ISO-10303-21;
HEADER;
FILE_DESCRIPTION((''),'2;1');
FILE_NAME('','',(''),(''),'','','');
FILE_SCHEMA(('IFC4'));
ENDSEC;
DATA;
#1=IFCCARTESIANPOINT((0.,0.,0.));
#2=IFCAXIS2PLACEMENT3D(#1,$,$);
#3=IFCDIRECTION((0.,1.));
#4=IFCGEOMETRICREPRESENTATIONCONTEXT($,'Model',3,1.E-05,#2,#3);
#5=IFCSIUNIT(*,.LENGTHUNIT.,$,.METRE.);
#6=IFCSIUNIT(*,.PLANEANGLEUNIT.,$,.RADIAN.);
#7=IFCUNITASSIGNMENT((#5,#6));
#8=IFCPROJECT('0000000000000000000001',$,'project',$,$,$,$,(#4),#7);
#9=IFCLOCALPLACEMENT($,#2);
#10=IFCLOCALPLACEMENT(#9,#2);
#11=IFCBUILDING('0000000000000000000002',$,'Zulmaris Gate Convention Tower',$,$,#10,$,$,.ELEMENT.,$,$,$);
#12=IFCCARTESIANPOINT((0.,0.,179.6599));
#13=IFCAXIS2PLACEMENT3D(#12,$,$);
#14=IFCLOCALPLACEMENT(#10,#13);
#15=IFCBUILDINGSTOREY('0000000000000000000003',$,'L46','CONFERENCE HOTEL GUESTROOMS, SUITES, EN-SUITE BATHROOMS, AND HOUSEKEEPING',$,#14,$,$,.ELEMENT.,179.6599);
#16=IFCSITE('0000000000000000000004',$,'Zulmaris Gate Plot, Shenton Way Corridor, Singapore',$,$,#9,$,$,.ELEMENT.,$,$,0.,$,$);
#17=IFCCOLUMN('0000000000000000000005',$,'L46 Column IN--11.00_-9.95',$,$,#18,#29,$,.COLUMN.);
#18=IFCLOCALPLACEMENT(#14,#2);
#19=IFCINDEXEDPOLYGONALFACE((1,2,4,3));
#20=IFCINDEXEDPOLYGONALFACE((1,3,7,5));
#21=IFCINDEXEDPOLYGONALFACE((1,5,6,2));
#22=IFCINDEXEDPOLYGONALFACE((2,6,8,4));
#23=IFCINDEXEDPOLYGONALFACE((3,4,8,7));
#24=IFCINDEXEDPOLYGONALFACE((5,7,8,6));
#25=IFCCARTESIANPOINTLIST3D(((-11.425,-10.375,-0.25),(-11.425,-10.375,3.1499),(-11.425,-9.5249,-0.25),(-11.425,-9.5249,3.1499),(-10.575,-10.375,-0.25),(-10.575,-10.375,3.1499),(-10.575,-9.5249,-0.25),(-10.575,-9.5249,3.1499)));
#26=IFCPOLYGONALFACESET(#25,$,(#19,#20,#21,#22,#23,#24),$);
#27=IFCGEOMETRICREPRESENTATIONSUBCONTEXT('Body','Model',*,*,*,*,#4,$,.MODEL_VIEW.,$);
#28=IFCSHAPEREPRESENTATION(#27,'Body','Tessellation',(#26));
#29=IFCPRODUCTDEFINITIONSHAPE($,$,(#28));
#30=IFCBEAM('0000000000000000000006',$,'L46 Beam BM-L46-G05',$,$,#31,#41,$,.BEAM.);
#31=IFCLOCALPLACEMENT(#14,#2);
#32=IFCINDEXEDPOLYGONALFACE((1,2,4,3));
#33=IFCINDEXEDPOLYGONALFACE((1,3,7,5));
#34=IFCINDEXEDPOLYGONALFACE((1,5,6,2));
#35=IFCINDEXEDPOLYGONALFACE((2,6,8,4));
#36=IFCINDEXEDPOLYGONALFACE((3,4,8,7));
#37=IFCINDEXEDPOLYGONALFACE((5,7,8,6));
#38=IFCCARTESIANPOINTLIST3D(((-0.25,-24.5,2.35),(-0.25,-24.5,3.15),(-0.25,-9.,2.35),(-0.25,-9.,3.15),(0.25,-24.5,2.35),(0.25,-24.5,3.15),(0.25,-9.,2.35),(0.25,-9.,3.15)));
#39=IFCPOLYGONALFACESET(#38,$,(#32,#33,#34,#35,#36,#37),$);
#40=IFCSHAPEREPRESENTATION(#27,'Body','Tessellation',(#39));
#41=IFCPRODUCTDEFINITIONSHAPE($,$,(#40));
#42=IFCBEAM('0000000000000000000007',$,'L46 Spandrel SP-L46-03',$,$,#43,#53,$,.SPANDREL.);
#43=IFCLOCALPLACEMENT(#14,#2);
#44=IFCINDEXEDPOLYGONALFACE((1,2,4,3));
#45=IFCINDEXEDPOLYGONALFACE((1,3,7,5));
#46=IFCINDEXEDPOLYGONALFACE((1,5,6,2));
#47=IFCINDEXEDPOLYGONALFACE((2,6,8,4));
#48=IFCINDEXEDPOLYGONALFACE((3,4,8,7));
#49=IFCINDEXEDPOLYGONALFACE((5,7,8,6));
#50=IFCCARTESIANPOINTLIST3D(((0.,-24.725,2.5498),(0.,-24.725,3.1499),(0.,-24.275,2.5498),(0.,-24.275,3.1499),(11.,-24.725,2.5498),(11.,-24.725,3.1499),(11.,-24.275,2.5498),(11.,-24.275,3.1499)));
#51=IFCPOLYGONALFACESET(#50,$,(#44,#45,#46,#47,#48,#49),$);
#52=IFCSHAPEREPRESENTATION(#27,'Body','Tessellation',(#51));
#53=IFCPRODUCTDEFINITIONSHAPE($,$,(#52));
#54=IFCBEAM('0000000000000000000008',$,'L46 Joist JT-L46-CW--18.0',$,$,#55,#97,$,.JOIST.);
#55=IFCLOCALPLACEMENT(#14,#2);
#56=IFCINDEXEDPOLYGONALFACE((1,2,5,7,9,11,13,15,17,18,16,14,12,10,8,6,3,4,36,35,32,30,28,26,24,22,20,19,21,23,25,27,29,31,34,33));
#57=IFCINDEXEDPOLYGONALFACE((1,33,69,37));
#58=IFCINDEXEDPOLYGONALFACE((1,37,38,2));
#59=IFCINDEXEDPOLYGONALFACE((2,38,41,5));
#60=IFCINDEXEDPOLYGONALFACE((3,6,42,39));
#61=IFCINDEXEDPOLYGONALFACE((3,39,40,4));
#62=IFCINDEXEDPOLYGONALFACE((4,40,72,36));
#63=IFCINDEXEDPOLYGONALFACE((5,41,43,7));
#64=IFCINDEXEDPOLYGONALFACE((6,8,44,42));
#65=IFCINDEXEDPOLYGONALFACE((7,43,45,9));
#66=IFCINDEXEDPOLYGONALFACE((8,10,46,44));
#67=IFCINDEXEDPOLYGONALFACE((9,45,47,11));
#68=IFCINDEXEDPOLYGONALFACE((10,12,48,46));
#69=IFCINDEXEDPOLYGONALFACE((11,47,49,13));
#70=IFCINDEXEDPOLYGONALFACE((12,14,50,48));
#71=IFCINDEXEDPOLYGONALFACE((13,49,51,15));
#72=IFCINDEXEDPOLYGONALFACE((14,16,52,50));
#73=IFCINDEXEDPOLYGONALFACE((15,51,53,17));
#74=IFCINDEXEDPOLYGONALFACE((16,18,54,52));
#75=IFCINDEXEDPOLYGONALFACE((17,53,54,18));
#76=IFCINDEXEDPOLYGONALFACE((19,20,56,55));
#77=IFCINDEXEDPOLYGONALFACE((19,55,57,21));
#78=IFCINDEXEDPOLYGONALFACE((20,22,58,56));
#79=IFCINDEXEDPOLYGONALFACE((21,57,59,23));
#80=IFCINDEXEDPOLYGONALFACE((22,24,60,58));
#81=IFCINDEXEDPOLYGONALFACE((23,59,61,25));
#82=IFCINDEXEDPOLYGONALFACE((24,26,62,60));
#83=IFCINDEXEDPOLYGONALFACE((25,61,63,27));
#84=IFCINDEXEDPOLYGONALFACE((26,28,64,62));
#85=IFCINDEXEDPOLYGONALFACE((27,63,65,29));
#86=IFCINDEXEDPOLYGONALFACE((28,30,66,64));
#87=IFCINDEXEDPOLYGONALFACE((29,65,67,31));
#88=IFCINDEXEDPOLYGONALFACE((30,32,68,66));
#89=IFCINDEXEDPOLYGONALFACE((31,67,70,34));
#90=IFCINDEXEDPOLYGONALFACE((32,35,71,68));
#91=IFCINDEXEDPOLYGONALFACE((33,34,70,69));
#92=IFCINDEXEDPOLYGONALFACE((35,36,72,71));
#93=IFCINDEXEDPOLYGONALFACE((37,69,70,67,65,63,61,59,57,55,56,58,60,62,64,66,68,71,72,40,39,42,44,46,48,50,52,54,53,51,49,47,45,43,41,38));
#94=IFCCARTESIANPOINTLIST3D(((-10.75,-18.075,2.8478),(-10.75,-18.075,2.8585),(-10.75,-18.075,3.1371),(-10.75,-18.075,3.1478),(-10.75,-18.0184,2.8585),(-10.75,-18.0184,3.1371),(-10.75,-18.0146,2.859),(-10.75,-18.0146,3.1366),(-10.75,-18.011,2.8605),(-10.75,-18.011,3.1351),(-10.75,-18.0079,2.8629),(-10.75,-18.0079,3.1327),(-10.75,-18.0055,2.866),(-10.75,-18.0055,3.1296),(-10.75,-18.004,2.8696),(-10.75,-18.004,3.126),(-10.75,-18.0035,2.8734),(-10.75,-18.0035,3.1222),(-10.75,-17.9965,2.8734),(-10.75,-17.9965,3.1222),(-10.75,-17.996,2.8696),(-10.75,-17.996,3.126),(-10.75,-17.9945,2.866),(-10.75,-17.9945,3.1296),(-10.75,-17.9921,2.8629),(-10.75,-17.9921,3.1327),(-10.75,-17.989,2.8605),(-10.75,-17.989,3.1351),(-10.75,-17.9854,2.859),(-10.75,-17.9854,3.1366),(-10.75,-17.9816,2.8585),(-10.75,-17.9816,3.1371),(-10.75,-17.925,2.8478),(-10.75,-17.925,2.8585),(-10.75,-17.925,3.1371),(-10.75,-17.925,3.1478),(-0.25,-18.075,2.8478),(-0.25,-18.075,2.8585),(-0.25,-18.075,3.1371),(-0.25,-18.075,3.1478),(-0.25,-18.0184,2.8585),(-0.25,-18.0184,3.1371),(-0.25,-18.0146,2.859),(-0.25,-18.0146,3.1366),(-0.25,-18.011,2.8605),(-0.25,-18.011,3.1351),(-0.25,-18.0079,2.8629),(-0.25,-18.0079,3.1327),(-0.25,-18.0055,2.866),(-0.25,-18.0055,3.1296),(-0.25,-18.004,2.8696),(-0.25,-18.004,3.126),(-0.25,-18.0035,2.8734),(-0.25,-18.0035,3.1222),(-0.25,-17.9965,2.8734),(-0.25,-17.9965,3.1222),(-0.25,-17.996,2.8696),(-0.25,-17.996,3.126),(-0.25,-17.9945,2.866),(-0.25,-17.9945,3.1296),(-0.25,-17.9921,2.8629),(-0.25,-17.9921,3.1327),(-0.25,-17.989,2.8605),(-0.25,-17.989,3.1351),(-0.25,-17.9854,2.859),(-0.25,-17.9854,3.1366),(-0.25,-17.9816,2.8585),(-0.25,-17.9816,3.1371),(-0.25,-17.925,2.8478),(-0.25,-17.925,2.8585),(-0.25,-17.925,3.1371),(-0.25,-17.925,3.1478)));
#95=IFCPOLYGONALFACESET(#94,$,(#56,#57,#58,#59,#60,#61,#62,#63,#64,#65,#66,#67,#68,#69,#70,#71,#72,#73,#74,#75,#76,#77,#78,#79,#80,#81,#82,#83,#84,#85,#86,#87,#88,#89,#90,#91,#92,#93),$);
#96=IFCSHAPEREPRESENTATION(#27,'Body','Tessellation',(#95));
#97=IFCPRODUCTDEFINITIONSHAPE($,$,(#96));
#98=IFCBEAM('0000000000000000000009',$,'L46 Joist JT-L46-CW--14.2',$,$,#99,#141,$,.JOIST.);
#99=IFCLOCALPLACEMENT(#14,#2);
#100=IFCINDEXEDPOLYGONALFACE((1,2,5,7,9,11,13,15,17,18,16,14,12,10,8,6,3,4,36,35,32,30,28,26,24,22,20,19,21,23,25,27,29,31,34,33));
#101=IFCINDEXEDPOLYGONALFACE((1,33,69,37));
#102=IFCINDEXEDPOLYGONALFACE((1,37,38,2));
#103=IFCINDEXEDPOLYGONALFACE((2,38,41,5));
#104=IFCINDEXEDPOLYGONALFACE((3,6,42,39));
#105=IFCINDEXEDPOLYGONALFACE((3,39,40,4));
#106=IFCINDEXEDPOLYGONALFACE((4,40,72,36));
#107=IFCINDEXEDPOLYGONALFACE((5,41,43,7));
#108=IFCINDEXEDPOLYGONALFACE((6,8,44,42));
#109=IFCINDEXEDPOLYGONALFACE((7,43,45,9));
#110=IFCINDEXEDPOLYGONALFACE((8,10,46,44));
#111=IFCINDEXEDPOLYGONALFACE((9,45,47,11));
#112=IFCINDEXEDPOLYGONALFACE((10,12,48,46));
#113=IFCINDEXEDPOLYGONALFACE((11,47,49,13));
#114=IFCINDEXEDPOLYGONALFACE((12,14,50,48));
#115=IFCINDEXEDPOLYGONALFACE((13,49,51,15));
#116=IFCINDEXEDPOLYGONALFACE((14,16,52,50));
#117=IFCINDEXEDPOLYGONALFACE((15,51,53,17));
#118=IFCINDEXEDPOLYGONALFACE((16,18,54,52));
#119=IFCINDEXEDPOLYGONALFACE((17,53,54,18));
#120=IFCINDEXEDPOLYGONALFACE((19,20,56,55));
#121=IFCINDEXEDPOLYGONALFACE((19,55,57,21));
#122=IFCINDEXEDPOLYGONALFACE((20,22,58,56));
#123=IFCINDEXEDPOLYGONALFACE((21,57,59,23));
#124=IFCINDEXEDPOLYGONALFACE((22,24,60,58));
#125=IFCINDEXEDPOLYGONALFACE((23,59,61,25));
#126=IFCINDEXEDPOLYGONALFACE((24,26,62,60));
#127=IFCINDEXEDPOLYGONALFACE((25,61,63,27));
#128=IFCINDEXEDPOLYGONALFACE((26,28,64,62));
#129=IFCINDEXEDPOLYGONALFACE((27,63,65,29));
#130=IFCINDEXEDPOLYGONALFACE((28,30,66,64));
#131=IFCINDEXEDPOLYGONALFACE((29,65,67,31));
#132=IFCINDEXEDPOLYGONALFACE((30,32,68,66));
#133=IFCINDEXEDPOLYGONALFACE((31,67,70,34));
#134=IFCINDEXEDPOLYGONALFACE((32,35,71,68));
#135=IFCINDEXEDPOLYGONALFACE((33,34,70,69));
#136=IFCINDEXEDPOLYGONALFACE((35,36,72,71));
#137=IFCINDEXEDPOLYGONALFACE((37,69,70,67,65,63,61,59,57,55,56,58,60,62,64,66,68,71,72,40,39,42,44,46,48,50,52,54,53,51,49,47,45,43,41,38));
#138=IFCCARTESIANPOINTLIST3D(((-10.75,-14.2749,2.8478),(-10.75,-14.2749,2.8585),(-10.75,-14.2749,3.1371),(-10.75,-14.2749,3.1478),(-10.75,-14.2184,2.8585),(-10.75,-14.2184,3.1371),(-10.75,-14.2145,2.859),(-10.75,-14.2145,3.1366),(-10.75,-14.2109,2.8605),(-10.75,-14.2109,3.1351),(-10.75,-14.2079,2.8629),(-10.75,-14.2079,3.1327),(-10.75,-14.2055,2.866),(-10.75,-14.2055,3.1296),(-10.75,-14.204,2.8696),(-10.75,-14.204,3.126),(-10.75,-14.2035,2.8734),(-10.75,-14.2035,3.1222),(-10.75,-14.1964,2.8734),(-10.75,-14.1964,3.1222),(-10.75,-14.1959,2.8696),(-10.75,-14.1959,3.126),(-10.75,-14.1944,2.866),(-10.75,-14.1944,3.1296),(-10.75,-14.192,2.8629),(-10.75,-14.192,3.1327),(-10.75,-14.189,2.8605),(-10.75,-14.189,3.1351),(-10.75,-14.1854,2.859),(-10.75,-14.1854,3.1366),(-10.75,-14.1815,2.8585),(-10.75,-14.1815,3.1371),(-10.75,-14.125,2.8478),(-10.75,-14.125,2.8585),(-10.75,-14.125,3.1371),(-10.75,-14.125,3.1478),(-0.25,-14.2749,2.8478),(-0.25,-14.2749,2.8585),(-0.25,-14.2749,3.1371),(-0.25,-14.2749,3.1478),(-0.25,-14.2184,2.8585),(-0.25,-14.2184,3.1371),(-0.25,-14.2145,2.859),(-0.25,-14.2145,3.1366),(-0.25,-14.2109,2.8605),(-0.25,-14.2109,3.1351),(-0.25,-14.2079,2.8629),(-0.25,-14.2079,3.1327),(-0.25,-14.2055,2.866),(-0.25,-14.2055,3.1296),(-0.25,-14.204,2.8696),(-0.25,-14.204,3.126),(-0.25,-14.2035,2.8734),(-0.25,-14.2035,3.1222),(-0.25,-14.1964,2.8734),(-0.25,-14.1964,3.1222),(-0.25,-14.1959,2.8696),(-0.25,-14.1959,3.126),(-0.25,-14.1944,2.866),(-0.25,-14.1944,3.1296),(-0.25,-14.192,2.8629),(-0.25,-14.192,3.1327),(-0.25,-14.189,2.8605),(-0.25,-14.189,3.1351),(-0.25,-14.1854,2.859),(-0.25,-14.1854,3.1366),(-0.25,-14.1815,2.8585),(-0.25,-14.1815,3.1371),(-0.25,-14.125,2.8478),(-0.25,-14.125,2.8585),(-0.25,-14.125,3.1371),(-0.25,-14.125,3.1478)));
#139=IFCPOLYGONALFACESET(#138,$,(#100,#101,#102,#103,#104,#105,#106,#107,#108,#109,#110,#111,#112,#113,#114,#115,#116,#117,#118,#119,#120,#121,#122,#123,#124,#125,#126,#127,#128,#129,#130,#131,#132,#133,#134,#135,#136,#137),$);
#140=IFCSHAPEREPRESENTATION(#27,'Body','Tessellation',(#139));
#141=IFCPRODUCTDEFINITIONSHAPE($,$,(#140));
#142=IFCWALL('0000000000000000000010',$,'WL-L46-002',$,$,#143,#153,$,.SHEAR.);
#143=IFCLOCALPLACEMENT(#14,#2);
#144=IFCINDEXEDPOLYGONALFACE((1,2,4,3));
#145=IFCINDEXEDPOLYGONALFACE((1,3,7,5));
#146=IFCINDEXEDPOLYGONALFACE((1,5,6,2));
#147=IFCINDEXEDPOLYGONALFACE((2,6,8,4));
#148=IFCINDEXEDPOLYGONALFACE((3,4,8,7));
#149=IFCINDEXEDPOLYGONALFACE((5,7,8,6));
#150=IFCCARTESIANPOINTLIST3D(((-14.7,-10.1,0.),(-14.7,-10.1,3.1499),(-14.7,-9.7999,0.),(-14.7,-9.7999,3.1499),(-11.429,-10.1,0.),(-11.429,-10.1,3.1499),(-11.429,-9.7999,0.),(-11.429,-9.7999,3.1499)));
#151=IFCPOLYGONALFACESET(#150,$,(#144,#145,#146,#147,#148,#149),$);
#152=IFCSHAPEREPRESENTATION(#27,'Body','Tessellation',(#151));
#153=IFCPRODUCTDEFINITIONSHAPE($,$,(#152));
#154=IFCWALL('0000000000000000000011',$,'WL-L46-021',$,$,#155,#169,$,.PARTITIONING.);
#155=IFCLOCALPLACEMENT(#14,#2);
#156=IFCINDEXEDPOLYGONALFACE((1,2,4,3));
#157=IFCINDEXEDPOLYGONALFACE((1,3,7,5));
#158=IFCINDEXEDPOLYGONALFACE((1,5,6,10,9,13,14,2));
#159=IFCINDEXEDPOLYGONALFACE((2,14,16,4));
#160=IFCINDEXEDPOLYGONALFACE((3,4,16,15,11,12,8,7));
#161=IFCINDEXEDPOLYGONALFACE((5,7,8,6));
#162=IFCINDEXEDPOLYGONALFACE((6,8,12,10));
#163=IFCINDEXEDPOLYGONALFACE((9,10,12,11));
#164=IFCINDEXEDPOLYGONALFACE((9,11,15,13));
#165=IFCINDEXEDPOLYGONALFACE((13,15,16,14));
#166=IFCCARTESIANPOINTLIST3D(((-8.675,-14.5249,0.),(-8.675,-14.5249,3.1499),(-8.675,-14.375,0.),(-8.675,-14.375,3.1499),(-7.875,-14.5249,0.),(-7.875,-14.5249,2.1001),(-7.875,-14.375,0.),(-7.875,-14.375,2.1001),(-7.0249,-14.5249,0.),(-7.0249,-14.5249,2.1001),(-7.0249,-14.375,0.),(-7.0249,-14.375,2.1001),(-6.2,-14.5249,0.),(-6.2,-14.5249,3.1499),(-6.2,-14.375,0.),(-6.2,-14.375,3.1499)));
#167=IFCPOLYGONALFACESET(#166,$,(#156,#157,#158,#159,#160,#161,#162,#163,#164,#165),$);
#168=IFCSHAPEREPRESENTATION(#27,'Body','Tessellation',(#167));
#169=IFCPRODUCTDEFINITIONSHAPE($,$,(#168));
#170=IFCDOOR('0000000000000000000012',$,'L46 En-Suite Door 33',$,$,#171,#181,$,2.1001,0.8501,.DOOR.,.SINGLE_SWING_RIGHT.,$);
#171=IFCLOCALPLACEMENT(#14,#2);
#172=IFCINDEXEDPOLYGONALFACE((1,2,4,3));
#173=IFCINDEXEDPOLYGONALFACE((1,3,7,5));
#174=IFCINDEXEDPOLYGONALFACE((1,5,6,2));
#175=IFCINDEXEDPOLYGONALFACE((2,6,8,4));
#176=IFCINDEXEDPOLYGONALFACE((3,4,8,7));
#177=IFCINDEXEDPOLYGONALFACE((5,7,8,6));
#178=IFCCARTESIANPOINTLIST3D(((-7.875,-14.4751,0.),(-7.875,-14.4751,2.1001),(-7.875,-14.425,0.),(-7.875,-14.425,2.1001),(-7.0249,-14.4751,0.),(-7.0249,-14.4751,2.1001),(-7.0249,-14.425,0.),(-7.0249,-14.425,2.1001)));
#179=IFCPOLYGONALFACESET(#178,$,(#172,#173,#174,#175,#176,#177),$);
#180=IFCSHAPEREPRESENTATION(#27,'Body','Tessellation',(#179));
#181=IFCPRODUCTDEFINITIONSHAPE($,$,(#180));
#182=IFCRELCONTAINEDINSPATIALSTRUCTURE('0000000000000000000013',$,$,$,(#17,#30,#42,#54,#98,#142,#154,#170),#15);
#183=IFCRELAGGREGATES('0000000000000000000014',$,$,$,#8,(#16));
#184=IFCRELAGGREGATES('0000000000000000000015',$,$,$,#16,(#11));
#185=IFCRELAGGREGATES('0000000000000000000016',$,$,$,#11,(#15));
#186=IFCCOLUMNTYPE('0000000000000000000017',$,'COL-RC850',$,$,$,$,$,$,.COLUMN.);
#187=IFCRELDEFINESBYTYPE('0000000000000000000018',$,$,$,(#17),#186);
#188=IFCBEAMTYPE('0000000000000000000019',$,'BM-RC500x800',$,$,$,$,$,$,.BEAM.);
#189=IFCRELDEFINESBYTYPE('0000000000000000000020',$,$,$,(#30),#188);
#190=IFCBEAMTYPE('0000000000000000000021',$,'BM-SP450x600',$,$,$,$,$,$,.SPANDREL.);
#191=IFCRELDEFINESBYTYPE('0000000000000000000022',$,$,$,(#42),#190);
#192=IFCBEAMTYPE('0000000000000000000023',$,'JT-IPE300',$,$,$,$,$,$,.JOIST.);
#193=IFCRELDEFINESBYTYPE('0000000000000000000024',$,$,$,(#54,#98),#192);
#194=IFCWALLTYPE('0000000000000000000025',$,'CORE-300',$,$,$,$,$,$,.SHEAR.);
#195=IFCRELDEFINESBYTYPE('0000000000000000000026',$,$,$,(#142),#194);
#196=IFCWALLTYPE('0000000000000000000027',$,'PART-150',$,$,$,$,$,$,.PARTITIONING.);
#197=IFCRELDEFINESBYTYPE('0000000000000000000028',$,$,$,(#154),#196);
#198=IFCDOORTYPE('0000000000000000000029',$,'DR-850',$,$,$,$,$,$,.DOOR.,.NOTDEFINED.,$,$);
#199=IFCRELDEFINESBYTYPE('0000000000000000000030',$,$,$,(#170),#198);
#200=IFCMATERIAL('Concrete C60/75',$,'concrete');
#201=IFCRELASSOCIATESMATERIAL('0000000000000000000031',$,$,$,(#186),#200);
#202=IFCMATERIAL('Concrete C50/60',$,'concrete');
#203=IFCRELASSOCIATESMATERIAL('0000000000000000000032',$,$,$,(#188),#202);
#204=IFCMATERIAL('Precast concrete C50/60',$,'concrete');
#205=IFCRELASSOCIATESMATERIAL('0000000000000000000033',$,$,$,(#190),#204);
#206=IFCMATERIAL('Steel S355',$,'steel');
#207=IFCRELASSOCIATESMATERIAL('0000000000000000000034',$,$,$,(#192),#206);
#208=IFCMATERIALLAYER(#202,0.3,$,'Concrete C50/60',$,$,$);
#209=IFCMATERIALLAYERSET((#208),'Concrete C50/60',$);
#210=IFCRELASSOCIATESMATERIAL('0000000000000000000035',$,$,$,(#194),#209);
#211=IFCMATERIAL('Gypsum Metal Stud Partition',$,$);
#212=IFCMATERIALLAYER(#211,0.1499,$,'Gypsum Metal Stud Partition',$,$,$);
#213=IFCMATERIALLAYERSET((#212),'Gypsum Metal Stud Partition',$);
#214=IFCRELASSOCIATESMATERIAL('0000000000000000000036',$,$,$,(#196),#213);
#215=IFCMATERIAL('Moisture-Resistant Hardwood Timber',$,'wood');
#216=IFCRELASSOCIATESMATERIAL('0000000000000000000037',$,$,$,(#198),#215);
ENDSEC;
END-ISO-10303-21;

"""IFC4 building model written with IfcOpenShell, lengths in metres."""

from ifc_helpers import new_model, si_unit, direction, frame, frame_2d, origin, origin_2d, place, context, subcontext, project, spatial, rectangle, i_section, extrude, material, layer, layer_set, material_profile, profile_set, type_object, element, fill, save


model = new_model("IFC4")

# Units and contexts
model_context = context("Model", 3, precision=1e-05, world=origin(), true_north=direction((0.0, 1.0)))
body_context = subcontext(model_context, "Body", "Model", "MODEL_VIEW")
ifc_project = project(units=[si_unit("LENGTHUNIT", "METRE"), si_unit("PLANEANGLEUNIT", "RADIAN")], contexts=[model_context])

# Site, building, storey
site_placement = place(None, origin())
site = spatial("IfcSite", under=ifc_project, at=site_placement, Name="Zulmaris Gate Plot, Shenton Way Corridor, Singapore", CompositionType="ELEMENT", RefElevation=0.0)
building_placement = place(site_placement, origin())
building = spatial("IfcBuilding", under=site, at=building_placement, Name="Zulmaris Gate Convention Tower", CompositionType="ELEMENT")
storey_placement = place(building_placement, frame((0.0, 0.0, 179.6599)))
storey = spatial("IfcBuildingStorey", under=building, at=storey_placement, Name="L46", Description="CONFERENCE HOTEL GUESTROOMS, SUITES, EN-SUITE BATHROOMS, AND HOUSEKEEPING", CompositionType="ELEMENT", Elevation=179.6599)

# Column
ifc_material_1 = material(Name="Concrete C60/75", Category="concrete")
ifc_material_profile_1 = material_profile(ifc_material_1, rectangle(XDim=0.8501, YDim=0.8501, at=origin_2d()), Name="RC COL 850x850")
ifc_profile_set_1 = profile_set([ifc_material_profile_1], Name="Concrete C60/75")
column_type = type_object("IfcColumnType", Name="COL-RC850", PredefinedType="COLUMN", material=ifc_profile_set_1)
column_placement = place(storey_placement, frame((-11.0, -9.95, -0.25), z_axis=(0.0, 0.0, 1.0), x_axis=(1.0, 0.0, 0.0)))
element("IfcColumn", 1, at=column_placement, inside=storey, type_object=column_type, Name="L46 Column IN--11.00_-9.95", PredefinedType="COLUMN", context=body_context, shape_type="SweptSolid", body=[
    extrude(rectangle(XDim=0.8501, YDim=0.8501, at=origin_2d()), origin(), (0.0, 0.0, 1.0), 3.3999),
])

# Beams
ifc_material_2 = material(Name="Concrete C50/60", Category="concrete")
ifc_material_profile_2 = material_profile(ifc_material_2, rectangle(XDim=0.5, YDim=0.8, at=origin_2d()), Name="RC BEAM 500x800")
ifc_profile_set_2 = profile_set([ifc_material_profile_2], Name="Concrete C50/60")
beam_type_1 = type_object("IfcBeamType", Name="BM-RC500x800", PredefinedType="BEAM", material=ifc_profile_set_2)
beam_1_placement = place(storey_placement, frame((0.0, -24.5, 2.75), z_axis=(0.0, 1.0, 0.0), x_axis=(-1.0, 0.0, 0.0)))
element("IfcBeam", 2, at=beam_1_placement, inside=storey, type_object=beam_type_1, Name="L46 Beam BM-L46-G05", PredefinedType="BEAM", context=body_context, shape_type="SweptSolid", body=[
    extrude(rectangle(XDim=0.5, YDim=0.8, at=origin_2d()), origin(), (0.0, 0.0, 1.0), 15.5),
])
ifc_material_3 = material(Name="Precast concrete C50/60", Category="concrete")
ifc_material_profile_3 = material_profile(ifc_material_3, rectangle(XDim=0.45, YDim=0.6001, at=origin_2d()), Name="RC SPANDREL 450x600")
ifc_profile_set_3 = profile_set([ifc_material_profile_3], Name="Precast concrete C50/60")
beam_type_2 = type_object("IfcBeamType", Name="BM-SP450x600", PredefinedType="SPANDREL", material=ifc_profile_set_3)
beam_2_placement = place(storey_placement, frame((0.0, -24.5, 2.8499), z_axis=(1.0, 0.0, 0.0), x_axis=(0.0, 1.0, 0.0)))
element("IfcBeam", 3, at=beam_2_placement, inside=storey, type_object=beam_type_2, Name="L46 Spandrel SP-L46-03", PredefinedType="SPANDREL", context=body_context, shape_type="SweptSolid", body=[
    extrude(rectangle(XDim=0.45, YDim=0.6001, at=origin_2d()), origin(), (0.0, 0.0, 1.0), 11.0),
])
ifc_material_4 = material(Name="Steel S355", Category="steel")
ifc_material_profile_4 = material_profile(ifc_material_4, i_section(OverallWidth=0.1499, OverallDepth=0.3, WebThickness=0.0071, FlangeThickness=0.0107, FilletRadius=0.0149, at=origin_2d()), Name="IPE 300")
ifc_profile_set_4 = profile_set([ifc_material_profile_4], Name="Steel S355")
beam_type_3 = type_object("IfcBeamType", Name="JT-IPE300", PredefinedType="JOIST", material=ifc_profile_set_4)
for number, where, z_axis, x_axis, name in (
    (4, (-10.75, -18.0, 2.9978), (1.0, 0.0, 0.0), (0.0, 1.0, 0.0), "L46 Joist JT-L46-CW--18.0"),
    (5, (-10.75, -14.2, 2.9978), (1.0, 0.0, 0.0), (0.0, 1.0, 0.0), "L46 Joist JT-L46-CW--14.2"),
):
    element("IfcBeam", number, at=place(storey_placement, frame(where, z_axis=z_axis, x_axis=x_axis)), inside=storey, type_object=beam_type_3, Name=name, PredefinedType="JOIST", context=body_context, shape_type="SweptSolid", body=[
        extrude(i_section(OverallWidth=0.1499, OverallDepth=0.3, WebThickness=0.0071, FlangeThickness=0.0107, FilletRadius=0.0149, at=origin_2d()), origin(), (0.0, 0.0, 1.0), 10.5),
    ])

# Wall
ifc_layer_1 = layer(ifc_material_2, 0.3, Name="Concrete C50/60")
ifc_layer_set_1 = layer_set([ifc_layer_1], Name="Concrete C50/60")
wall_type_1 = type_object("IfcWallType", Name="CORE-300", PredefinedType="SHEAR", material=ifc_layer_set_1)
wall_1_placement = place(storey_placement, frame((-14.7, -9.95, 0.0), z_axis=(0.0, 0.0, 1.0), x_axis=(1.0, 0.0, 0.0)))
element("IfcWall", 6, at=wall_1_placement, inside=storey, type_object=wall_type_1, Name="WL-L46-002", PredefinedType="SHEAR", context=body_context, shape_type="SweptSolid", body=[
    extrude(rectangle(XDim=3.271, YDim=0.3, at=frame_2d((1.6355, 0.0))), origin(), (0.0, 0.0, 1.0), 3.1499),
])

# Wall, opening, door
ifc_material_5 = material(Name="Gypsum Metal Stud Partition")
ifc_layer_2 = layer(ifc_material_5, 0.1499, Name="Gypsum Metal Stud Partition")
ifc_layer_set_2 = layer_set([ifc_layer_2], Name="Gypsum Metal Stud Partition")
wall_type_2 = type_object("IfcWallType", Name="PART-150", PredefinedType="PARTITIONING", material=ifc_layer_set_2)
wall_2_placement = place(storey_placement, frame((-8.675, -14.45, 0.0), z_axis=(0.0, 0.0, 1.0), x_axis=(1.0, 0.0, 0.0)))
wall_2 = element("IfcWall", 7, at=wall_2_placement, inside=storey, type_object=wall_type_2, Name="WL-L46-021", PredefinedType="PARTITIONING", context=body_context, shape_type="SweptSolid", body=[
    extrude(rectangle(XDim=2.4751, YDim=0.1499, at=frame_2d((1.2375, 0.0))), origin(), (0.0, 0.0, 1.0), 3.1499),
])
opening_1_placement = place(wall_2_placement, frame((0.8, 0.0, 0.0)))
opening_1 = element("IfcOpeningElement", 8, at=opening_1_placement, cuts=wall_2, PredefinedType="OPENING", context=body_context, shape_type="SweptSolid", body=[
    extrude(rectangle(XDim=0.8501, YDim=2.1001, at=frame_2d((0.425, 1.05))), frame((0.0, 0.085, 0.0), z_axis=(0.0, -1.0, 0.0), x_axis=(1.0, 0.0, 0.0)), (0.0, 0.0, 1.0), 0.1699),
])
ifc_material_6 = material(Name="Moisture-Resistant Hardwood Timber", Category="wood")
door_type_1 = type_object("IfcDoorType", Name="DR-850", OperationType="NOTDEFINED", PredefinedType="DOOR", material=ifc_material_6)
door_1_placement = place(opening_1_placement, origin())
door_1 = element("IfcDoor", 9, at=door_1_placement, inside=storey, type_object=door_type_1, Name="L46 En-Suite Door 33", OperationType="SINGLE_SWING_RIGHT", OverallHeight=2.1001, OverallWidth=0.8501, PredefinedType="DOOR", context=body_context, shape_type="SweptSolid", body=[
    extrude(rectangle(XDim=0.8501, YDim=2.1001, at=frame_2d((0.425, 1.05))), frame((0.0, 0.0249, 0.0), z_axis=(0.0, -1.0, 0.0), x_axis=(1.0, 0.0, 0.0)), (0.0, 0.0, 1.0), 0.05),
])
fill(opening_1, door_1)

save(model, "model.ifc")
